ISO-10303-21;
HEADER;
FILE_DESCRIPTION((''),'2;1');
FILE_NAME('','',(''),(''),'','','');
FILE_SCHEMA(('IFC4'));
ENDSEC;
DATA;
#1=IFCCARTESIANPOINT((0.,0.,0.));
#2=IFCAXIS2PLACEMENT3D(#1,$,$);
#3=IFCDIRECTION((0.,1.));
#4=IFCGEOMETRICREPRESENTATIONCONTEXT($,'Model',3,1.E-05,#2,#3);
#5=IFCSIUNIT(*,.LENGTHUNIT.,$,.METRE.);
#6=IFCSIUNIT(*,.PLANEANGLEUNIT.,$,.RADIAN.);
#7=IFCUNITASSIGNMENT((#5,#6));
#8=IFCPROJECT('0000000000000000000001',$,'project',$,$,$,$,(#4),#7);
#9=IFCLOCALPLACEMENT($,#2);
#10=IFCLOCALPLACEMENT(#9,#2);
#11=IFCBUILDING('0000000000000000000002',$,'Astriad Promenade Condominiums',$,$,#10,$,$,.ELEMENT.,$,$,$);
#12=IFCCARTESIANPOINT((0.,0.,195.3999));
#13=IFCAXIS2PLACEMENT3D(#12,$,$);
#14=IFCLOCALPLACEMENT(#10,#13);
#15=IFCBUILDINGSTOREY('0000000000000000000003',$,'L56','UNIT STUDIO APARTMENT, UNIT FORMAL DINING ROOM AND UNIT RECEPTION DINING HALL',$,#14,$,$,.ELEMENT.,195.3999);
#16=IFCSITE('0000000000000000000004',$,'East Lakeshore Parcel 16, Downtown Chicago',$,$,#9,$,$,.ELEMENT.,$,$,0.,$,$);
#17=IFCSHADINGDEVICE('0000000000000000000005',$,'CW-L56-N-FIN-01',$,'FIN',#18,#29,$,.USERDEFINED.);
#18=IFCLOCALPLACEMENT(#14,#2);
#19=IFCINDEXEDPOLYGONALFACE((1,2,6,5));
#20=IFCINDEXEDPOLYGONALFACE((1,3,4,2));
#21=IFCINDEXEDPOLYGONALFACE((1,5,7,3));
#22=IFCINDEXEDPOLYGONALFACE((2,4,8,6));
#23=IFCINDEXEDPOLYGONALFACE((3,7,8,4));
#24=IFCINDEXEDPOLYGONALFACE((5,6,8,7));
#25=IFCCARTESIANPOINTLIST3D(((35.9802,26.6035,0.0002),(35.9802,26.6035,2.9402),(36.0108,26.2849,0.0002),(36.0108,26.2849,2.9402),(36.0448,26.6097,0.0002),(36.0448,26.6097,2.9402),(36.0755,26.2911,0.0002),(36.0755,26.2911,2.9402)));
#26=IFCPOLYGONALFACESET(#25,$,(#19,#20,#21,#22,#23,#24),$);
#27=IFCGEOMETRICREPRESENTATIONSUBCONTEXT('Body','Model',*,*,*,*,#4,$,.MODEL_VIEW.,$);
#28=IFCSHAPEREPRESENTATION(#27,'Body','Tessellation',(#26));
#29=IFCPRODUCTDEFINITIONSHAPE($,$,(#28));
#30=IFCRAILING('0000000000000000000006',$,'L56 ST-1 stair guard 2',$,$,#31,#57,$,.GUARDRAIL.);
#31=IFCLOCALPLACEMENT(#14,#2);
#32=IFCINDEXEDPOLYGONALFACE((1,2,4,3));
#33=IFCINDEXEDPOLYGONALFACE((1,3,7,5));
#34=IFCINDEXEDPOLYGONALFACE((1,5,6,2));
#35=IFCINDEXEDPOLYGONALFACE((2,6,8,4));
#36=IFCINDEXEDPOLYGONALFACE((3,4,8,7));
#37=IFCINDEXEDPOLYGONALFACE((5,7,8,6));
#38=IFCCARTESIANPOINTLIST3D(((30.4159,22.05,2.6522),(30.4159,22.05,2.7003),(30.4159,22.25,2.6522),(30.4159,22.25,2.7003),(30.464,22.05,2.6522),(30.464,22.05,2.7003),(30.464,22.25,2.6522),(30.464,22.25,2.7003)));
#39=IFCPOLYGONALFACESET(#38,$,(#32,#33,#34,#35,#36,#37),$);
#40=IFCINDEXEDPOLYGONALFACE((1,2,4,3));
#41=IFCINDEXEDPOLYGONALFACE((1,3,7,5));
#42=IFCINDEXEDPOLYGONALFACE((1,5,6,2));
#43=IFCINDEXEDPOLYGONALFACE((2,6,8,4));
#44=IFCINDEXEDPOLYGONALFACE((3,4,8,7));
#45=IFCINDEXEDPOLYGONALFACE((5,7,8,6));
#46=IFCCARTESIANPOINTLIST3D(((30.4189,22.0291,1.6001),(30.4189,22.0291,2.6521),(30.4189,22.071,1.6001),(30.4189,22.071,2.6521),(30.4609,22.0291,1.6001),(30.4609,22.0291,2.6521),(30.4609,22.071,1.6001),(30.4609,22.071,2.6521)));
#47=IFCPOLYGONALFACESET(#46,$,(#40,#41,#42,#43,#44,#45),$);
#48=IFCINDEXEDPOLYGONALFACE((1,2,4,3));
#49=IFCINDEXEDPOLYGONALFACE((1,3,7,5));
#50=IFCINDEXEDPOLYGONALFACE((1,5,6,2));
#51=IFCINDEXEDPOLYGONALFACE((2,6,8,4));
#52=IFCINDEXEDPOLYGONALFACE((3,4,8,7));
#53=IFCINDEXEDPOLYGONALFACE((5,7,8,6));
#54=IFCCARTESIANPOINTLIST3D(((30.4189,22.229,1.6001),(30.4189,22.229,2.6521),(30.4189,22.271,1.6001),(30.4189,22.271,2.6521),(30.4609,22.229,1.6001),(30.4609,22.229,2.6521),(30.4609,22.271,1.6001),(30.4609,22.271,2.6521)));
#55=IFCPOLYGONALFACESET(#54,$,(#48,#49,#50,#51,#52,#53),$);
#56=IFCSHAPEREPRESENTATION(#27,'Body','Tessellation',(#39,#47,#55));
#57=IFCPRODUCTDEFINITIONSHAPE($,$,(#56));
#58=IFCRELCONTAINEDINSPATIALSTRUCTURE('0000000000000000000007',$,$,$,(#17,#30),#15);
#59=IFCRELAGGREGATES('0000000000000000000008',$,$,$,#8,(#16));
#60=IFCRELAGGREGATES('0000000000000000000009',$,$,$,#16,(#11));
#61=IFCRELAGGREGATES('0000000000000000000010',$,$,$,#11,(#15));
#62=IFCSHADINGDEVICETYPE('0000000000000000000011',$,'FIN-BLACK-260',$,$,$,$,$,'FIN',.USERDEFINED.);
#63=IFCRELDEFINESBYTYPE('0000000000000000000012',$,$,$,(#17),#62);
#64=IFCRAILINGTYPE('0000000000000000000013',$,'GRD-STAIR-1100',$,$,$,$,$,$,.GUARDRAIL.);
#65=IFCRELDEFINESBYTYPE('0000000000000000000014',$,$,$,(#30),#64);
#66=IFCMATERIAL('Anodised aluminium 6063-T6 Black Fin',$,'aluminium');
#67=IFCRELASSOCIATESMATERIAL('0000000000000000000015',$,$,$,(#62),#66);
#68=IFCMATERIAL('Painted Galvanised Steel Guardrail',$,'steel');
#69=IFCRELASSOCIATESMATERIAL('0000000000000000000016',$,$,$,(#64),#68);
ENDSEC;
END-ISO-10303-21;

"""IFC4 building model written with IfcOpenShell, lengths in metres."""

from ifc_helpers import new_model, si_unit, direction, frame, origin, origin_2d, place, context, subcontext, project, spatial, rectangle, extrude, source, transform, mapped, material, type_object, type_shapes, element, save


model = new_model("IFC4")

# Units and contexts
model_context = context("Model", 3, precision=1e-05, world=origin(), true_north=direction((0.0, 1.0)))
body_context = subcontext(model_context, "Body", "Model", "MODEL_VIEW")
ifc_project = project(units=[si_unit("LENGTHUNIT", "METRE"), si_unit("PLANEANGLEUNIT", "RADIAN")], contexts=[model_context])

# Site, building, storey
site_placement = place(None, origin())
site = spatial("IfcSite", under=ifc_project, at=site_placement, Name="East Lakeshore Parcel 16, Downtown Chicago", CompositionType="ELEMENT", RefElevation=0.0)
building_placement = place(site_placement, origin())
building = spatial("IfcBuilding", under=site, at=building_placement, Name="Astriad Promenade Condominiums", CompositionType="ELEMENT")
storey_placement = place(building_placement, frame((0.0, 0.0, 195.3999)))
storey = spatial("IfcBuildingStorey", under=building, at=storey_placement, Name="L56", Description="UNIT STUDIO APARTMENT, UNIT FORMAL DINING ROOM AND UNIT RECEPTION DINING HALL", CompositionType="ELEMENT", Elevation=195.3999)

# Shading device
ifc_material_1 = material(Name="Anodised aluminium 6063-T6 Black Fin", Category="aluminium")
shading_device_type = type_object("IfcShadingDeviceType", Name="FIN-BLACK-260", ElementType="FIN", PredefinedType="USERDEFINED", material=ifc_material_1)
shared_shape_1 = source(origin(), body_context, "Body", "SweptSolid", [
    extrude(rectangle(XDim=0.0649, YDim=0.3201, at=origin_2d()), origin(), (0.0, 0.0, 1.0), 2.9399),
])
type_shapes(shading_device_type, [shared_shape_1])
shading_device_placement = place(storey_placement, frame((36.0278, 26.4473, 0.0002), z_axis=(0.0, 0.0, 1.0), x_axis=(0.995396, 0.095846, 0.0)))
element("IfcShadingDevice", 1, at=shading_device_placement, inside=storey, type_object=shading_device_type, Name="CW-L56-N-FIN-01", ObjectType="FIN", PredefinedType="USERDEFINED", context=body_context, shape_type="MappedRepresentation", body=[
    mapped(shared_shape_1, transform((0.0, 0.0, 0.0), scale=1.0)),
])

# Railing
ifc_material_2 = material(Name="Painted Galvanised Steel Guardrail", Category="steel")
railing_type = type_object("IfcRailingType", Name="GRD-STAIR-1100", PredefinedType="GUARDRAIL", material=ifc_material_2)
shared_shape_2 = source(origin(), body_context, "Body", "SweptSolid", [
    extrude(rectangle(XDim=0.0481, YDim=0.0481, at=origin_2d()), frame((0.0, 0.0, 1.0762), z_axis=(0.0, 1.0, 0.0), x_axis=(-1.0, 0.0, 0.0)), (0.0, 0.0, 1.0), 0.2),
    extrude(rectangle(XDim=0.042, YDim=0.042, at=origin_2d()), origin(), (0.0, 0.0, 1.0), 1.052),
    extrude(rectangle(XDim=0.042, YDim=0.042, at=origin_2d()), frame((0.0, 0.2, 0.0)), (0.0, 0.0, 1.0), 1.052),
])
type_shapes(railing_type, [shared_shape_2])
railing_placement = place(storey_placement, frame((30.4399, 22.05, 1.6001)))
element("IfcRailing", 2, at=railing_placement, inside=storey, type_object=railing_type, Name="L56 ST-1 stair guard 2", PredefinedType="GUARDRAIL", context=body_context, shape_type="MappedRepresentation", body=[
    mapped(shared_shape_2, transform((0.0, 0.0, 0.0), scale=1.0)),
])

save(model, "model.ifc")
